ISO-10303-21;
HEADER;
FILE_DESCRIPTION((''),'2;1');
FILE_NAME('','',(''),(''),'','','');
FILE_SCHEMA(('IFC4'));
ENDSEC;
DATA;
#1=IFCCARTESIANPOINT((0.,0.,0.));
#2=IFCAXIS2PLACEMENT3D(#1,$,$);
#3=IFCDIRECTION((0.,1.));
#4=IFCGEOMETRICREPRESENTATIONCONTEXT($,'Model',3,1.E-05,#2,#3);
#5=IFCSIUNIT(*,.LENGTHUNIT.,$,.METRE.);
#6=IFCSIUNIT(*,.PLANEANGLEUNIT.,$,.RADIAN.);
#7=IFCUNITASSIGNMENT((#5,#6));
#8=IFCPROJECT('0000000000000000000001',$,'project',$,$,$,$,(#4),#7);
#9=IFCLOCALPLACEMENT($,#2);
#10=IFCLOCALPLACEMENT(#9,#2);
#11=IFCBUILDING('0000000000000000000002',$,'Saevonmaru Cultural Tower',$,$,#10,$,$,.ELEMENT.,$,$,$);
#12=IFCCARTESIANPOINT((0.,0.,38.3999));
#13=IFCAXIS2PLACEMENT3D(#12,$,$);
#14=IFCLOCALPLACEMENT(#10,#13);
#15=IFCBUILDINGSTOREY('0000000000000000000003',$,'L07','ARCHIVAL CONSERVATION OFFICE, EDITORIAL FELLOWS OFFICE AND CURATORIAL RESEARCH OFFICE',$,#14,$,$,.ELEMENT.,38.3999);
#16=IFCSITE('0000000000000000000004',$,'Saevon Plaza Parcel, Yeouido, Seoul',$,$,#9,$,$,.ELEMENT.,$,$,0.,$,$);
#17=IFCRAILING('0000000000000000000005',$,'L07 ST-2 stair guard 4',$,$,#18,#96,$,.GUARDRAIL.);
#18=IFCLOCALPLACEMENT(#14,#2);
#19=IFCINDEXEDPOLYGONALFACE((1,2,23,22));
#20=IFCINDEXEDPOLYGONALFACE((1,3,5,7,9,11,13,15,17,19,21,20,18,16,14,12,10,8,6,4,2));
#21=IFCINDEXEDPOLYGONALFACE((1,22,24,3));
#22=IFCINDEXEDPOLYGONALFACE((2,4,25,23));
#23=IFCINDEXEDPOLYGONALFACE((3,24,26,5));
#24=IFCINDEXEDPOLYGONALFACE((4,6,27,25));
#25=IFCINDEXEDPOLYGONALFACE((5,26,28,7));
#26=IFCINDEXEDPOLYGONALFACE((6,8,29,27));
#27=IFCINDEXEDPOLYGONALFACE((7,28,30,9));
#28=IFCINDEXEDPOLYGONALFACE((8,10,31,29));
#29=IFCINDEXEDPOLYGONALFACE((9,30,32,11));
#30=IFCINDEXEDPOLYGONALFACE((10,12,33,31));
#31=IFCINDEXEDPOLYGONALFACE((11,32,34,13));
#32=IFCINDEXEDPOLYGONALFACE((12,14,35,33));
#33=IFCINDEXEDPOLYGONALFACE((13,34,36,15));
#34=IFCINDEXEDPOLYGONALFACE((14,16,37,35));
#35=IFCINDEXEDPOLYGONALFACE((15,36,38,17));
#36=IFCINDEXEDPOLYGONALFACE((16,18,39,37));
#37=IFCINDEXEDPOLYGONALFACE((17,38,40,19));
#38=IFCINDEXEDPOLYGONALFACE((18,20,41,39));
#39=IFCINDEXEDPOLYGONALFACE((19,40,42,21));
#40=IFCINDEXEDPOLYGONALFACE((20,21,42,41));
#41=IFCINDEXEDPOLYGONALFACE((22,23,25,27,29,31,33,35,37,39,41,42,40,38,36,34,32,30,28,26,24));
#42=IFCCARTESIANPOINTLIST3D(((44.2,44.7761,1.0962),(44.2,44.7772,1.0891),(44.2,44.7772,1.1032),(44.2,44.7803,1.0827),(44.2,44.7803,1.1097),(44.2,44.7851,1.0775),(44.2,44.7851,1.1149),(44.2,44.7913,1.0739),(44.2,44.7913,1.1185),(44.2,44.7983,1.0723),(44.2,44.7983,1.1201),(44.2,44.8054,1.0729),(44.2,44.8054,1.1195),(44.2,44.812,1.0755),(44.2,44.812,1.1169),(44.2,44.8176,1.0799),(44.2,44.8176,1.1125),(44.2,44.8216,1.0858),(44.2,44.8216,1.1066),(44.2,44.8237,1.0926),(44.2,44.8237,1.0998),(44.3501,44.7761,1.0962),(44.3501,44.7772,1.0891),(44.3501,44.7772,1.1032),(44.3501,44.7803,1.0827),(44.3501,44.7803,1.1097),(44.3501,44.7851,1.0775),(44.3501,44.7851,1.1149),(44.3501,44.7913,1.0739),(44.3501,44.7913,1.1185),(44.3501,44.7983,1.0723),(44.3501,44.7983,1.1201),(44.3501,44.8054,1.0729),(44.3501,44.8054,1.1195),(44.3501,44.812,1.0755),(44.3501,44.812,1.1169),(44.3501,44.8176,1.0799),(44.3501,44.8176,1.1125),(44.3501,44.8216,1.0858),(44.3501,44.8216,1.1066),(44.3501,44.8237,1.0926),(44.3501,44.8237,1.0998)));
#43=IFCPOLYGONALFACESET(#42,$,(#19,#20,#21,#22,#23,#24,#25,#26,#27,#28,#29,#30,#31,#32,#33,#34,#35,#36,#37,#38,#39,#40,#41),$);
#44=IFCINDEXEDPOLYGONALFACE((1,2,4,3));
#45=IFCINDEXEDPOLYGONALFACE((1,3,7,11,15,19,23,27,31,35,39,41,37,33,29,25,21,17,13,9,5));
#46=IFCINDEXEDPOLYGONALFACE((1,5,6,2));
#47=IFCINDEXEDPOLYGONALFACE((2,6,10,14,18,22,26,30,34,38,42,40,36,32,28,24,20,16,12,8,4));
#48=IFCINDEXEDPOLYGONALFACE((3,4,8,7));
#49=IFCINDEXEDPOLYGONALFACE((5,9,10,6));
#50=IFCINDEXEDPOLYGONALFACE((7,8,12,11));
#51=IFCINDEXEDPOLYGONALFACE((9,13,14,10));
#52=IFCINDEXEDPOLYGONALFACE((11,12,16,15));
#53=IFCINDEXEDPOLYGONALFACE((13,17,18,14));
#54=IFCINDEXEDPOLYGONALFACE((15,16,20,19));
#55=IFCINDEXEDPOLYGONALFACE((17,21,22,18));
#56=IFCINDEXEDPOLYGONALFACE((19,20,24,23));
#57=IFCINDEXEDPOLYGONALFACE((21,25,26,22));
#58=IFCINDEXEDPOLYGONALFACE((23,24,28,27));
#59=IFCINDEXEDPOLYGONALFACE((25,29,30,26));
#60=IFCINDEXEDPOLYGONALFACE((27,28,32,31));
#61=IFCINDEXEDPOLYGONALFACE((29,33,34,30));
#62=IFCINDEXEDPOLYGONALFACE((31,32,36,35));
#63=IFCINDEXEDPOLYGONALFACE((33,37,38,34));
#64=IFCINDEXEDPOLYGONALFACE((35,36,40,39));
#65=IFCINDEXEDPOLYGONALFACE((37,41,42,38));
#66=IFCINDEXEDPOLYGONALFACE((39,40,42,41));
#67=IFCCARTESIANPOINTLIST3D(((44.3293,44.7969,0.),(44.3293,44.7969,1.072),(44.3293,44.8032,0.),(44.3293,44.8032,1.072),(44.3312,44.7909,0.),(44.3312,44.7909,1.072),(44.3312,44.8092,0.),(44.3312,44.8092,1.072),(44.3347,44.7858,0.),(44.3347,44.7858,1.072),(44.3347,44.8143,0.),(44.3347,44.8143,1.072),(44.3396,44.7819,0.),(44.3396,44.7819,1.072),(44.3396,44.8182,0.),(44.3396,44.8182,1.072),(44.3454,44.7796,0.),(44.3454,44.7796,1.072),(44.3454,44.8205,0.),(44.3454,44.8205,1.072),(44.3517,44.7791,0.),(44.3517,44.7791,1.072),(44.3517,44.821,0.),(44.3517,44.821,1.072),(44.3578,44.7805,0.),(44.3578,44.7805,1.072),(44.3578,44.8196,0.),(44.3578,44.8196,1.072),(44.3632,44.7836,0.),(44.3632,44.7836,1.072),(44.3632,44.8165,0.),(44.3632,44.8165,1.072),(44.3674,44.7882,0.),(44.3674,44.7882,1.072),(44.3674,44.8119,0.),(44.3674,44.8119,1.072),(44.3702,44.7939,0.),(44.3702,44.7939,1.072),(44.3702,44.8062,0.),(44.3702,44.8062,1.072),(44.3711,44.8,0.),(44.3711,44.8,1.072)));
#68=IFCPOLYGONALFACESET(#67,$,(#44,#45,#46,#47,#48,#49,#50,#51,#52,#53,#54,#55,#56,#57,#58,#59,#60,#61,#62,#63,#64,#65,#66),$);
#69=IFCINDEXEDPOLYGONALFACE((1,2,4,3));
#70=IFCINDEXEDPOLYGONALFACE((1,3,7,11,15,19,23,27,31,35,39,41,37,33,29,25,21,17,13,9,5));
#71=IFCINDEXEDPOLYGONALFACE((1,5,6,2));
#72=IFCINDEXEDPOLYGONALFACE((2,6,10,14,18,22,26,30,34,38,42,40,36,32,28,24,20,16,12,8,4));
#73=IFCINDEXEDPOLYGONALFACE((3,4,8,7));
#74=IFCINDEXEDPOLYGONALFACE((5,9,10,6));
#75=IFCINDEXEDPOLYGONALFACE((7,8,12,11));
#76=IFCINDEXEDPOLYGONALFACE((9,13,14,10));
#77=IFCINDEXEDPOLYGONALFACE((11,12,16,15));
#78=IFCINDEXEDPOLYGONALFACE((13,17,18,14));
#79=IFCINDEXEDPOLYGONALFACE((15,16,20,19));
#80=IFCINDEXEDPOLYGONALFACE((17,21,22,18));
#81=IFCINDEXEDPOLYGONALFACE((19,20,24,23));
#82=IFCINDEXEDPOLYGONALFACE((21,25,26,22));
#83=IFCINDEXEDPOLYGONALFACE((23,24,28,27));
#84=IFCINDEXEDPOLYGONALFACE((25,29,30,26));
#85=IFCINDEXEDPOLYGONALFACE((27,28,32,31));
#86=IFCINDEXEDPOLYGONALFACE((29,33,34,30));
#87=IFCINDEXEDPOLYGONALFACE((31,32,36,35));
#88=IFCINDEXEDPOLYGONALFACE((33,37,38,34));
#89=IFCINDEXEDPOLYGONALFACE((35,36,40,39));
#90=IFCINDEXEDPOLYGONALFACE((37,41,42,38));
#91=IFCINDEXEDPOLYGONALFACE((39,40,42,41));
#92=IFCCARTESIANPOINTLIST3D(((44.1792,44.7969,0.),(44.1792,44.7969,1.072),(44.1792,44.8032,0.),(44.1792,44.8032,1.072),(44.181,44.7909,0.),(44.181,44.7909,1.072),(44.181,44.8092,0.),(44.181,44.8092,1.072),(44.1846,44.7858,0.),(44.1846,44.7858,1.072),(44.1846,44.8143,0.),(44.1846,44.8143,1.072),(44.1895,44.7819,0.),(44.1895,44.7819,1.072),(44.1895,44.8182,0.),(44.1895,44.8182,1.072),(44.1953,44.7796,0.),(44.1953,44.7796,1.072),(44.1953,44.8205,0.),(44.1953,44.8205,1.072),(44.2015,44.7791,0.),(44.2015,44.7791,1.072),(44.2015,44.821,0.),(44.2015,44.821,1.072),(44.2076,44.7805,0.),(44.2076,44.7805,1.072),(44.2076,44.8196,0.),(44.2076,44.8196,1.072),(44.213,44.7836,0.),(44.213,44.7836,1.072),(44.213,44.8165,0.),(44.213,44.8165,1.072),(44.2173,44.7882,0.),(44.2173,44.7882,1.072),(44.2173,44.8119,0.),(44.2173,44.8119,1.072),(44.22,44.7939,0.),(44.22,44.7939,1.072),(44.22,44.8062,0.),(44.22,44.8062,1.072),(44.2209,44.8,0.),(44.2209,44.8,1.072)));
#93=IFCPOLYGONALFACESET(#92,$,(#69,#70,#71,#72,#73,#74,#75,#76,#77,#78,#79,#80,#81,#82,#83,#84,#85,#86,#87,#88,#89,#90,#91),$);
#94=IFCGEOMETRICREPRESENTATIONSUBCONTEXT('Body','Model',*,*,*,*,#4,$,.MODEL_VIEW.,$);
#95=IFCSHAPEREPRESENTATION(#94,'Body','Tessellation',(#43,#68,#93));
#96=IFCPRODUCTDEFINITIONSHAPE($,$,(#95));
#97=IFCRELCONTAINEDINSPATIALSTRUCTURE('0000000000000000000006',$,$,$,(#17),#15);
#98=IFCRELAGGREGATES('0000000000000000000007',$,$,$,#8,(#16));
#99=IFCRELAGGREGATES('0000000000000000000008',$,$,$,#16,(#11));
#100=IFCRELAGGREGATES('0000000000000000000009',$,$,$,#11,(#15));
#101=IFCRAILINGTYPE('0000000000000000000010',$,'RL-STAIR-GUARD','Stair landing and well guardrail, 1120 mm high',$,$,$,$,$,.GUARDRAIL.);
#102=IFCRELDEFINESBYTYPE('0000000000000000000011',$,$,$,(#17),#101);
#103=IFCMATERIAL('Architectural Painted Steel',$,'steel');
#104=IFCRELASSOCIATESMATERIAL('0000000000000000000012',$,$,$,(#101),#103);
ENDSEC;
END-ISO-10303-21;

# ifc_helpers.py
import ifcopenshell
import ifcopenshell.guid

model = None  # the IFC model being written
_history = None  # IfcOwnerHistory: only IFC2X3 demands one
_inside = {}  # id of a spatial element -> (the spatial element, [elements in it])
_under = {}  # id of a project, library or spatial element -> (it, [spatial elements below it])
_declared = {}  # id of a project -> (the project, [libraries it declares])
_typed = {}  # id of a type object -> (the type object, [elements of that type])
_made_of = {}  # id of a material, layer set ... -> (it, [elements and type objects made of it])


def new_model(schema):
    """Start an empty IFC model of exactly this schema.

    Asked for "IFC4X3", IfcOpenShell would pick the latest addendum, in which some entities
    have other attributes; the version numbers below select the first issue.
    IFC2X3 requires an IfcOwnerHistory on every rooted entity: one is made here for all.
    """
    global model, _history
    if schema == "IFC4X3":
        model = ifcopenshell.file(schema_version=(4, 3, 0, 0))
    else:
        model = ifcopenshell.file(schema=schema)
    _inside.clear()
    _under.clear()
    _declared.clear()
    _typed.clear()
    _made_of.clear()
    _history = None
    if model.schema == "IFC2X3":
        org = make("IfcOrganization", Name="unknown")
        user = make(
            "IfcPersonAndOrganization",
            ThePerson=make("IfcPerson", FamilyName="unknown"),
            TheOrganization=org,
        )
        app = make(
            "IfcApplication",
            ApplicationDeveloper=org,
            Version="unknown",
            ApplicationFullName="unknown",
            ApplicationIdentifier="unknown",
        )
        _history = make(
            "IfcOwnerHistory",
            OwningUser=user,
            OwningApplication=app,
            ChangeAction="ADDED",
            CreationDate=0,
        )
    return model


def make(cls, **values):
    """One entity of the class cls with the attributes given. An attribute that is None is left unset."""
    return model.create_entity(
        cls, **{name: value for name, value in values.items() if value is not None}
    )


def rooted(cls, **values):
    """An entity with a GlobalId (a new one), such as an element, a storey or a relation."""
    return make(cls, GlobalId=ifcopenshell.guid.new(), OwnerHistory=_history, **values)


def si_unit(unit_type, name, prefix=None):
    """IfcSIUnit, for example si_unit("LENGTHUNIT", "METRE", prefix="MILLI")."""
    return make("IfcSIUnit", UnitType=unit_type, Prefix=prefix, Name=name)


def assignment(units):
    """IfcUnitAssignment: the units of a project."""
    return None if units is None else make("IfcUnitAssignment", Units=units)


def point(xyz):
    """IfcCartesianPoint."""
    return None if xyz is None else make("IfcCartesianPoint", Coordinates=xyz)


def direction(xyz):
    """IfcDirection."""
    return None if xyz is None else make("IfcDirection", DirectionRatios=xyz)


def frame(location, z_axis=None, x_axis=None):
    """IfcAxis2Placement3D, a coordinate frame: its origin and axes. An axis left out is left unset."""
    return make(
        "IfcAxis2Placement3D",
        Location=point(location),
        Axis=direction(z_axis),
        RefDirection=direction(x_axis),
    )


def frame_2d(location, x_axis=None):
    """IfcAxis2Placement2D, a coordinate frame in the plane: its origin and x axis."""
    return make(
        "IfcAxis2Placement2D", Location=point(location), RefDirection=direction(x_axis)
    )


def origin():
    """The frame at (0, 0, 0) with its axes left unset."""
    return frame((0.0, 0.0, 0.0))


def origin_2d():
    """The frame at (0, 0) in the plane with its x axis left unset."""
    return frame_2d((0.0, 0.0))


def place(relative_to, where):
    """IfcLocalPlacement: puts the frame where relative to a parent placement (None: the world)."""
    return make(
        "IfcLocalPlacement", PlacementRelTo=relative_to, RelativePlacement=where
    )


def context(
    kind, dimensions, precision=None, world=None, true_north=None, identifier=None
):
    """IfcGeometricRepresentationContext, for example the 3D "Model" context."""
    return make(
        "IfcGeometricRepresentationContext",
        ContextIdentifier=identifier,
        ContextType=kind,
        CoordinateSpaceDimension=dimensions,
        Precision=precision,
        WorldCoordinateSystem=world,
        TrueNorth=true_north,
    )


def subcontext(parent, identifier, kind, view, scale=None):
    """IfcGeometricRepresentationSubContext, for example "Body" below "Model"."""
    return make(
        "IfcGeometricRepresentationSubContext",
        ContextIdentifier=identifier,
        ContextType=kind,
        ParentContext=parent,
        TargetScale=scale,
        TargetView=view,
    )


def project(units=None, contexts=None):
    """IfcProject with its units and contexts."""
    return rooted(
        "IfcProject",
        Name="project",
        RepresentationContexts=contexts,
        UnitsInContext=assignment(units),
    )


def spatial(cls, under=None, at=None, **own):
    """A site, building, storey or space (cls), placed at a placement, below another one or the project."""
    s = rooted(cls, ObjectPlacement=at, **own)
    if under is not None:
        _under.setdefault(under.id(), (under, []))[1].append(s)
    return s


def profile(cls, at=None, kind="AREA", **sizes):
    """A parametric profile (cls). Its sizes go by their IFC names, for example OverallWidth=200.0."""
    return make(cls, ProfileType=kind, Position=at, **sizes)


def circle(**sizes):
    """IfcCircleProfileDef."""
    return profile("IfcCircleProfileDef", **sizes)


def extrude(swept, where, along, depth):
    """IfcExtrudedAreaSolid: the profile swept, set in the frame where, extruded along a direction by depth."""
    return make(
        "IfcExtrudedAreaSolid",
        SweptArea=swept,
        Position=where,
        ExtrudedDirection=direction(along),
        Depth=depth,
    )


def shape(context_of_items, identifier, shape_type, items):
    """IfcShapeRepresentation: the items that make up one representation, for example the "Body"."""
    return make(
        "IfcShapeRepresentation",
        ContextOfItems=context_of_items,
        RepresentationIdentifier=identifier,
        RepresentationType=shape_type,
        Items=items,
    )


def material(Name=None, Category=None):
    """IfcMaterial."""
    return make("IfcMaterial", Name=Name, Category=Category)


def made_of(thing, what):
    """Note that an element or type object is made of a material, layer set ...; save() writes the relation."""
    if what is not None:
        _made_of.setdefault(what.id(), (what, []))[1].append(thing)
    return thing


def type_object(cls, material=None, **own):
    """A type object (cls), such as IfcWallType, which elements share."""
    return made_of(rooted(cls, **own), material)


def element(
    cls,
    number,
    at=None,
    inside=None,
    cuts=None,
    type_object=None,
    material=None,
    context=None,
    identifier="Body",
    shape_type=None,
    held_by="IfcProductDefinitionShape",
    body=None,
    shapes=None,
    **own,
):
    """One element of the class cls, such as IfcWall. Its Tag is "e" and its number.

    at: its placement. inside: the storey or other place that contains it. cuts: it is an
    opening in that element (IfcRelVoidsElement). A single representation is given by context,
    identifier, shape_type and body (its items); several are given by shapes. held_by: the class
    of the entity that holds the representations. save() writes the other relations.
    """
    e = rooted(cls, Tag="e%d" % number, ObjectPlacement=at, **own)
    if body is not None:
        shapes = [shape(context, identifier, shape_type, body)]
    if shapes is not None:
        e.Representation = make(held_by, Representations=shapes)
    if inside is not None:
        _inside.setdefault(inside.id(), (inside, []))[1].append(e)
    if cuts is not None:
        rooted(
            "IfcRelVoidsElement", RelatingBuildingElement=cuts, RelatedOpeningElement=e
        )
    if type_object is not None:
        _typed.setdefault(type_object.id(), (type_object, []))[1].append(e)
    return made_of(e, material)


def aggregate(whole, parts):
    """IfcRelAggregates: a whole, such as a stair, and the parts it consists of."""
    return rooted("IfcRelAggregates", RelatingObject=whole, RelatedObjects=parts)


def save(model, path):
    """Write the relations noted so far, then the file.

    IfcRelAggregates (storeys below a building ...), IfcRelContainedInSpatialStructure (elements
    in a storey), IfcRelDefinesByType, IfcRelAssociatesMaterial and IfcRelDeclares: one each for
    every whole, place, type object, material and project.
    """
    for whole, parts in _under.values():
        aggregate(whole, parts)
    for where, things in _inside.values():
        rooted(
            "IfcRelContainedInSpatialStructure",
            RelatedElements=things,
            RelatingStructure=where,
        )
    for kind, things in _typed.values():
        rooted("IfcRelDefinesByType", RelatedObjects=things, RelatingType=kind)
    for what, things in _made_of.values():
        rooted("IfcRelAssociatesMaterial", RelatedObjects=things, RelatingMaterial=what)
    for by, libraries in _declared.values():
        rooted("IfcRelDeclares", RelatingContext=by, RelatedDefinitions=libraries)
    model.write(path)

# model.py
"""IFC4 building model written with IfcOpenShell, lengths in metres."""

from ifc_helpers import new_model, si_unit, direction, frame, origin, origin_2d, place, context, subcontext, project, spatial, circle, extrude, material, type_object, element, save


model = new_model("IFC4")

# Units and contexts
model_context = context("Model", 3, precision=1e-05, world=origin(), true_north=direction((0.0, 1.0)))
body_context = subcontext(model_context, "Body", "Model", "MODEL_VIEW")
ifc_project = project(units=[si_unit("LENGTHUNIT", "METRE"), si_unit("PLANEANGLEUNIT", "RADIAN")], contexts=[model_context])

# Site, building, storey
site_placement = place(None, origin())
site = spatial("IfcSite", under=ifc_project, at=site_placement, Name="Saevon Plaza Parcel, Yeouido, Seoul", CompositionType="ELEMENT", RefElevation=0.0)
building_placement = place(site_placement, origin())
building = spatial("IfcBuilding", under=site, at=building_placement, Name="Saevonmaru Cultural Tower", CompositionType="ELEMENT")
storey_placement = place(building_placement, frame((0.0, 0.0, 38.3999)))
storey = spatial("IfcBuildingStorey", under=building, at=storey_placement, Name="L07", Description="ARCHIVAL CONSERVATION OFFICE, EDITORIAL FELLOWS OFFICE AND CURATORIAL RESEARCH OFFICE", CompositionType="ELEMENT", Elevation=38.3999)

# Railing
ifc_material_1 = material(Name="Architectural Painted Steel", Category="steel")
railing_type = type_object("IfcRailingType", Name="RL-STAIR-GUARD", Description="Stair landing and well guardrail, 1120 mm high", PredefinedType="GUARDRAIL", material=ifc_material_1)
railing_1_placement = place(storey_placement, frame((44.3501, 44.8, 0.0)))
element("IfcRailing", 1, at=railing_1_placement, inside=storey, type_object=railing_type, Name="L07 ST-2 stair guard 4", PredefinedType="GUARDRAIL", context=body_context, shape_type="SweptSolid", body=[
    extrude(circle(Radius=0.0239, at=origin_2d()), frame((0.0, 0.0, 1.0962), z_axis=(-1.0, 0.0, 0.0), x_axis=(0.0, -1.0, 0.0)), (0.0, 0.0, 1.0), 0.1501),
    extrude(circle(Radius=0.021, at=origin_2d()), origin(), (0.0, 0.0, 1.0), 1.072),
    extrude(circle(Radius=0.021, at=origin_2d()), frame((-0.1501, 0.0, 0.0)), (0.0, 0.0, 1.0), 1.072),
])

save(model, "model.ifc")
